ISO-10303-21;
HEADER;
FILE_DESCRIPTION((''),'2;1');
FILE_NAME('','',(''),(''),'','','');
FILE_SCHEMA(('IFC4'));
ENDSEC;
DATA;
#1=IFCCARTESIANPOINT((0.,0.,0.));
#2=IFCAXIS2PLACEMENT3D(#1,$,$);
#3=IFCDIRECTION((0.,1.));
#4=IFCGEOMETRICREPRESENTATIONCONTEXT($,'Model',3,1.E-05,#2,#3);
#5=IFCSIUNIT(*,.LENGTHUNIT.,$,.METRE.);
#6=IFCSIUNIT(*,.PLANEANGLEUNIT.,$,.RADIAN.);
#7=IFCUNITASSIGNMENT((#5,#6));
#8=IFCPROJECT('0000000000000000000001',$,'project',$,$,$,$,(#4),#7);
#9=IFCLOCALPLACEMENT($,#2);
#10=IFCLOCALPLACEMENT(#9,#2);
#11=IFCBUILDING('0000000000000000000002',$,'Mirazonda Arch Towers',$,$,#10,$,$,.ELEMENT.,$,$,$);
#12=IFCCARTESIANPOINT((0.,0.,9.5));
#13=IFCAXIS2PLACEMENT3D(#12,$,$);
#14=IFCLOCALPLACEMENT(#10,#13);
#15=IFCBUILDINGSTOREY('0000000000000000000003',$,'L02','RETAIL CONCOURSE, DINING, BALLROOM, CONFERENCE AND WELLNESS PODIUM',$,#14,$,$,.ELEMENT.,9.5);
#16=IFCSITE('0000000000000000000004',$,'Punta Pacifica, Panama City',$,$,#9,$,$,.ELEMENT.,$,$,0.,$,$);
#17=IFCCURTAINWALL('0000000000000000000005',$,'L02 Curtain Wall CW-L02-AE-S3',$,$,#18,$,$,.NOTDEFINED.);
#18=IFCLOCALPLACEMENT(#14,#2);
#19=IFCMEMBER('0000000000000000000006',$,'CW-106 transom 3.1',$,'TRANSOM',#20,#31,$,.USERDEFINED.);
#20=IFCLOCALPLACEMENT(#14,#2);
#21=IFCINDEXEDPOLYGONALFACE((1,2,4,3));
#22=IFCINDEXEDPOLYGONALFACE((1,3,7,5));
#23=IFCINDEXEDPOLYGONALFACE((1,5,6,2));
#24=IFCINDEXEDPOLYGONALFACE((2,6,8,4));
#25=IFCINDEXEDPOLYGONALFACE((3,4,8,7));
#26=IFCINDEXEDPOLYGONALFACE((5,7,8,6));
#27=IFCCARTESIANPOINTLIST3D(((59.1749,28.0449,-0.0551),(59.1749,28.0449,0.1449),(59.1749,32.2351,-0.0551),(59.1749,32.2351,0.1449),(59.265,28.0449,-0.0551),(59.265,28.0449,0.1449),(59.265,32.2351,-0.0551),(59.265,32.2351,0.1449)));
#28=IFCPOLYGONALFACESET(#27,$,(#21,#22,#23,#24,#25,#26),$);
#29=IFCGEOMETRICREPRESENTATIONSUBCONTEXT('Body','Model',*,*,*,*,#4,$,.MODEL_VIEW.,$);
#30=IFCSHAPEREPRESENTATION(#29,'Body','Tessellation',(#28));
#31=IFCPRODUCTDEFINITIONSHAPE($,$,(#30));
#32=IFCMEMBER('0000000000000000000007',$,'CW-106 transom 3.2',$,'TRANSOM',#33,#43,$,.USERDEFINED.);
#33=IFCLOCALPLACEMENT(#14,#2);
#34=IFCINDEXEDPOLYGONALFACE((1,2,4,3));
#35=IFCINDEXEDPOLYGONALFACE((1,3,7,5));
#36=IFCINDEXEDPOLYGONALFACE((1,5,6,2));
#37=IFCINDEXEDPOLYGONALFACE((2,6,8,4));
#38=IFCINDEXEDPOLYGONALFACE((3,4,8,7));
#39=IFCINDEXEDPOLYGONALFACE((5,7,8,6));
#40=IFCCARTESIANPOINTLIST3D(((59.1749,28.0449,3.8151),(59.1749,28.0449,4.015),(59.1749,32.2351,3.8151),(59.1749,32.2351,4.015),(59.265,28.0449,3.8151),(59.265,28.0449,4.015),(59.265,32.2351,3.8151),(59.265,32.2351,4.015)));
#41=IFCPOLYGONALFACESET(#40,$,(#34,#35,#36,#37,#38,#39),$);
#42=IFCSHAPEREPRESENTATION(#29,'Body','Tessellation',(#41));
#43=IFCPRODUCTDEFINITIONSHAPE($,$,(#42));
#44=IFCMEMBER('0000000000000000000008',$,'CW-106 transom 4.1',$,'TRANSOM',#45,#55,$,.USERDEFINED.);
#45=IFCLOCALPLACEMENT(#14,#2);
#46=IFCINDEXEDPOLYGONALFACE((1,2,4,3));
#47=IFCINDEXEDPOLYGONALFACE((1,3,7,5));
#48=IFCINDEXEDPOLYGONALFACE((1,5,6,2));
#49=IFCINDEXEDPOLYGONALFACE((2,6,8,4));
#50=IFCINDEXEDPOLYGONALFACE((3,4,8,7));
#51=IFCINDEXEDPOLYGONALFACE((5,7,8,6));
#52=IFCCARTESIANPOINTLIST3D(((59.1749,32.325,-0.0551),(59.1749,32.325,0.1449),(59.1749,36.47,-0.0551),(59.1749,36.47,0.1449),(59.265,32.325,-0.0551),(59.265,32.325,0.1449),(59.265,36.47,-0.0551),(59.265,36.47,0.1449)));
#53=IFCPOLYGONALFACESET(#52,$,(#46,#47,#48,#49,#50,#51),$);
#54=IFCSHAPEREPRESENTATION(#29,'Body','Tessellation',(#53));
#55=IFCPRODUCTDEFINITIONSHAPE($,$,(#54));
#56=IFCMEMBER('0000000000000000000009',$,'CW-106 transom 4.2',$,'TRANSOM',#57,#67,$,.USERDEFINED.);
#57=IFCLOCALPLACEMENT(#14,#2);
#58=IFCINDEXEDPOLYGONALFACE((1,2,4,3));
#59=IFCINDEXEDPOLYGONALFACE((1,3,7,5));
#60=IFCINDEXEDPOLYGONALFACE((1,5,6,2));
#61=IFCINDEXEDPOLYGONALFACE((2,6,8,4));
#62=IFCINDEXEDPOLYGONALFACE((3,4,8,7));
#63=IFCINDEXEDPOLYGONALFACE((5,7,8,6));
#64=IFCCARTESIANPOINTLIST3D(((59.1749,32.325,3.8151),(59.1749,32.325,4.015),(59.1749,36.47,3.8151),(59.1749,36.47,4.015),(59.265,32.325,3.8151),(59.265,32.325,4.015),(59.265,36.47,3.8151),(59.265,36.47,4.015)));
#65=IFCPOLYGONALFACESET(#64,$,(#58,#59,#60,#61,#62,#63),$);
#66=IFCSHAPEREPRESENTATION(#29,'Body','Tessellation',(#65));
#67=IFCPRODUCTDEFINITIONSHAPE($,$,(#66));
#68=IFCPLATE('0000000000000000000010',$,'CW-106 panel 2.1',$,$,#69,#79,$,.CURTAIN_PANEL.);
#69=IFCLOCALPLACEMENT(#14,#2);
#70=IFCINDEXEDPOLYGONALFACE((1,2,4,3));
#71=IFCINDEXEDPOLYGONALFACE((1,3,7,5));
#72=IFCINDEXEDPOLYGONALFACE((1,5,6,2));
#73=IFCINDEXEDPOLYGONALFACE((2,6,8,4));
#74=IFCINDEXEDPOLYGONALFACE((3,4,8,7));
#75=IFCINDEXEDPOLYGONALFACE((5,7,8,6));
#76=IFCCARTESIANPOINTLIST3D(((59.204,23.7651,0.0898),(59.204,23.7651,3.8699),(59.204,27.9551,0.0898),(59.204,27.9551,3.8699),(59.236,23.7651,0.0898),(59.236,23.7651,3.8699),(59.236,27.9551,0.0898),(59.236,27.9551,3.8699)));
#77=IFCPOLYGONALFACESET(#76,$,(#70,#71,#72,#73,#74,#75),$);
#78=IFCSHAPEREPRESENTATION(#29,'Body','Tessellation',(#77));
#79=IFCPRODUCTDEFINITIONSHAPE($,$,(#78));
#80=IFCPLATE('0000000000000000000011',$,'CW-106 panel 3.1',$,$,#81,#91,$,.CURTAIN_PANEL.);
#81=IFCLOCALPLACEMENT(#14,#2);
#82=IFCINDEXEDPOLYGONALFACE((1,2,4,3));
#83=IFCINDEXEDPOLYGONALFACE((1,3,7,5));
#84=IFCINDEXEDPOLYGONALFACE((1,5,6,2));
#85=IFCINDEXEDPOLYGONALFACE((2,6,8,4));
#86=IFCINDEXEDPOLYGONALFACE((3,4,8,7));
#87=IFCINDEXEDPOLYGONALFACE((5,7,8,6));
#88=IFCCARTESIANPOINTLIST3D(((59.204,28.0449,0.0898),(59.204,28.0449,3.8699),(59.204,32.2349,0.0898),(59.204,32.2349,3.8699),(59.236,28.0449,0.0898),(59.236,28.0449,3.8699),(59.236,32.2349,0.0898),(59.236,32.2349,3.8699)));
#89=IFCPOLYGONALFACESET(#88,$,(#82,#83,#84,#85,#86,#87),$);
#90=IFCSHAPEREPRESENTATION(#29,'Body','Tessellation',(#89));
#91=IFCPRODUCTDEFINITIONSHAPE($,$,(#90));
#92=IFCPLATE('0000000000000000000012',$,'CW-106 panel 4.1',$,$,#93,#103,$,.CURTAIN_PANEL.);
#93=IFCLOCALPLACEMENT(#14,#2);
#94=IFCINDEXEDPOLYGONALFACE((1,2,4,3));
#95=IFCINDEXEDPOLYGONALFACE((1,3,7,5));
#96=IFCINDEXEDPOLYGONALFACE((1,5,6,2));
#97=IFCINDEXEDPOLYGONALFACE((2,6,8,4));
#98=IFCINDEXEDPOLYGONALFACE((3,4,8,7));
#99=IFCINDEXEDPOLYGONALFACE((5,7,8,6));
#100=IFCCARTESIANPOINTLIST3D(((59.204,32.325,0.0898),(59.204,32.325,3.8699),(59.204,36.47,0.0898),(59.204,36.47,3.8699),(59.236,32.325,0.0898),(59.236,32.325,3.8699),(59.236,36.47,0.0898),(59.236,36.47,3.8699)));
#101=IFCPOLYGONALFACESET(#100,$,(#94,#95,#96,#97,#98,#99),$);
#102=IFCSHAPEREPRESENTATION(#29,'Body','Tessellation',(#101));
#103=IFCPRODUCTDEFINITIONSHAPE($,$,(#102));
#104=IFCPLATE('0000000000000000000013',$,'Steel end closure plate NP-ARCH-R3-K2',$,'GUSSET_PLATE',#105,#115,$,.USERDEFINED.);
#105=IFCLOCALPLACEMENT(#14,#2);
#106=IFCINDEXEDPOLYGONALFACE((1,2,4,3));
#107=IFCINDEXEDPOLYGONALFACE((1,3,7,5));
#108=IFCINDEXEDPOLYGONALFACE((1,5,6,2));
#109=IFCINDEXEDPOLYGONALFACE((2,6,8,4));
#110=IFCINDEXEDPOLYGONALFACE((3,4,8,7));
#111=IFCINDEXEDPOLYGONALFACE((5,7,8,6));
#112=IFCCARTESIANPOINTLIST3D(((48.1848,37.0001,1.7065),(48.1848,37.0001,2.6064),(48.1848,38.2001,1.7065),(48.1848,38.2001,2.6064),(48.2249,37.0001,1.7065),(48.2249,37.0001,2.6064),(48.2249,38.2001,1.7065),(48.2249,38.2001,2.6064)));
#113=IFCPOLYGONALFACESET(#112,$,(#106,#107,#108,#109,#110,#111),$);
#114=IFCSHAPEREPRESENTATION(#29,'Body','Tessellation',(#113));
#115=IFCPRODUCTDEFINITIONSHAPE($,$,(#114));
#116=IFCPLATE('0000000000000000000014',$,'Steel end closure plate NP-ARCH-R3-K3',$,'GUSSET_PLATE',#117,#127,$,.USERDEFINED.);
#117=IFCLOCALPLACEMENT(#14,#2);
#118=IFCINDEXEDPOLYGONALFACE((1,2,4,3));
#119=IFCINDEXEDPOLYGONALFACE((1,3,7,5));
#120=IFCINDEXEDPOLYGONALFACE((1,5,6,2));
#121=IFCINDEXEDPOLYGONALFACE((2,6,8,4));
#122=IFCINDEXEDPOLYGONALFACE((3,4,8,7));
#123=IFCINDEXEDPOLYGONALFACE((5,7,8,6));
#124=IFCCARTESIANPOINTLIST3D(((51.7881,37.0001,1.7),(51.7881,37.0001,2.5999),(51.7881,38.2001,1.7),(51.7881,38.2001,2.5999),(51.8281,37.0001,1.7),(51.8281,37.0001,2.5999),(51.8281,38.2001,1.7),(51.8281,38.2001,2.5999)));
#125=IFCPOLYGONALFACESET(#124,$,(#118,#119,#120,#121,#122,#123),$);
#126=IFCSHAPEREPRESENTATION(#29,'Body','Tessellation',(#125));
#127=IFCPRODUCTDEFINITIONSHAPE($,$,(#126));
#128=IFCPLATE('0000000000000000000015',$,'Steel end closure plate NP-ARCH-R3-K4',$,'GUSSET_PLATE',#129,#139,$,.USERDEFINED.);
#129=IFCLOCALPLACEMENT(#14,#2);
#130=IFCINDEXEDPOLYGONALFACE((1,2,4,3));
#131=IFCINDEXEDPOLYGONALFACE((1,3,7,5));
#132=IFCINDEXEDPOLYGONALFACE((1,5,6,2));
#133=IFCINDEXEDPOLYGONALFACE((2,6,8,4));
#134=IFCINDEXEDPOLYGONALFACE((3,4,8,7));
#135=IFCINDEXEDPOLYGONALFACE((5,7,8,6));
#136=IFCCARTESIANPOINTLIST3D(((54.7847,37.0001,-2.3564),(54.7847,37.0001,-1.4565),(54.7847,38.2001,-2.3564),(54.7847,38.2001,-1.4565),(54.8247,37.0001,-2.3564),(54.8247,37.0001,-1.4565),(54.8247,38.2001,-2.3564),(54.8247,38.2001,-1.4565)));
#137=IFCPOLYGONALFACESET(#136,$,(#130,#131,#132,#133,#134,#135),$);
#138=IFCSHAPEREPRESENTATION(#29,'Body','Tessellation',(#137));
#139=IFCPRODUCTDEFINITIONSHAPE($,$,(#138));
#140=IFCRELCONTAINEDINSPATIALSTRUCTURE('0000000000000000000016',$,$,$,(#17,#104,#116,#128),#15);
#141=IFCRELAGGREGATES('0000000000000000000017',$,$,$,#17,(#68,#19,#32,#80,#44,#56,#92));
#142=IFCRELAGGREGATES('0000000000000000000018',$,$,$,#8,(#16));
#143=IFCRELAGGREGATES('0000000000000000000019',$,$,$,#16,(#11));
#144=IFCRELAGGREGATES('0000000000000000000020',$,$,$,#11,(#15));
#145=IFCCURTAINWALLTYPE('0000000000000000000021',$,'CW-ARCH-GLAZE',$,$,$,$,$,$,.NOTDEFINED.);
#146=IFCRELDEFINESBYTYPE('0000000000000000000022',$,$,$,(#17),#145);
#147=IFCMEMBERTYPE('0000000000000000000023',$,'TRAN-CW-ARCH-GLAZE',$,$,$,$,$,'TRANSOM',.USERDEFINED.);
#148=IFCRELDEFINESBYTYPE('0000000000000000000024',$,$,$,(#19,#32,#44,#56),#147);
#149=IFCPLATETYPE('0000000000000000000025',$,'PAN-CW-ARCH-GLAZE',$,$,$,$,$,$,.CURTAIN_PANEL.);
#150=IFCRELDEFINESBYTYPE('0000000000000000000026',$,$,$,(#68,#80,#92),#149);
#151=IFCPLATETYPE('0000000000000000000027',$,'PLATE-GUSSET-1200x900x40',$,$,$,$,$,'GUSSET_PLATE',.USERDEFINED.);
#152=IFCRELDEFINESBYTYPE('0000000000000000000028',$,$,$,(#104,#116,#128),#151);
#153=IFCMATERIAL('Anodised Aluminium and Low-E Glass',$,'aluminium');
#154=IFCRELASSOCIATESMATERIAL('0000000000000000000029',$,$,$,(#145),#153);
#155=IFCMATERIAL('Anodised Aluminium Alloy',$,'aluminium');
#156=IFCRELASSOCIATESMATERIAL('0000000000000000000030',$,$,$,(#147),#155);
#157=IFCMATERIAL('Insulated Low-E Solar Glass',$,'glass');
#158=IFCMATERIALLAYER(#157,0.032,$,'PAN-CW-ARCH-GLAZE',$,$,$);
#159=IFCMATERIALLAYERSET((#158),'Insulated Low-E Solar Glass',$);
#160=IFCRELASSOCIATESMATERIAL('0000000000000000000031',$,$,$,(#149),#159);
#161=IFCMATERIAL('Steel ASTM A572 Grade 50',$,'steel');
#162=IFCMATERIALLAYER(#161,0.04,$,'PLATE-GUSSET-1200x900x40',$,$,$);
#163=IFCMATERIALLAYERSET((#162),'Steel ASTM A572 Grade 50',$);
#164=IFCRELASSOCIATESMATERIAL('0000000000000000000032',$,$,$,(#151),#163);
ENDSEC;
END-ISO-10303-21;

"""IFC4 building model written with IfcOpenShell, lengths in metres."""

from ifc_helpers import new_model, si_unit, direction, frame, origin, origin_2d, place, context, subcontext, project, spatial, rectangle, extrude, material, layer, layer_set, material_profile, profile_set, type_object, element, aggregate, save


model = new_model("IFC4")

# Units and contexts
model_context = context("Model", 3, precision=1e-05, world=origin(), true_north=direction((0.0, 1.0)))
body_context = subcontext(model_context, "Body", "Model", "MODEL_VIEW")
ifc_project = project(units=[si_unit("LENGTHUNIT", "METRE"), si_unit("PLANEANGLEUNIT", "RADIAN")], contexts=[model_context])

# Site, building, storey
site_placement = place(None, origin())
site = spatial("IfcSite", under=ifc_project, at=site_placement, Name="Punta Pacifica, Panama City", CompositionType="ELEMENT", RefElevation=0.0)
building_placement = place(site_placement, origin())
building = spatial("IfcBuilding", under=site, at=building_placement, Name="Mirazonda Arch Towers", CompositionType="ELEMENT")
storey_placement = place(building_placement, frame((0.0, 0.0, 9.5)))
storey = spatial("IfcBuildingStorey", under=building, at=storey_placement, Name="L02", Description="RETAIL CONCOURSE, DINING, BALLROOM, CONFERENCE AND WELLNESS PODIUM", CompositionType="ELEMENT", Elevation=9.5)

# Shared definitions
ifc_material_1 = material(Name="Steel ASTM A572 Grade 50", Category="steel")

# Curtain wall, members, plates
ifc_material_2 = material(Name="Anodised Aluminium and Low-E Glass", Category="aluminium")
curtain_wall_type = type_object("IfcCurtainWallType", Name="CW-ARCH-GLAZE", PredefinedType="NOTDEFINED", material=ifc_material_2)
curtain_wall_placement = place(storey_placement, origin())
curtain_wall = element("IfcCurtainWall", 1, at=curtain_wall_placement, inside=storey, type_object=curtain_wall_type, Name="L02 Curtain Wall CW-L02-AE-S3", PredefinedType="NOTDEFINED")
ifc_material_3 = material(Name="Anodised Aluminium Alloy", Category="aluminium")
ifc_material_profile_1 = material_profile(ifc_material_3, rectangle(XDim=0.0901, YDim=0.2, at=origin_2d()), Name="ALU-TRAN-90x200")
ifc_profile_set_1 = profile_set([ifc_material_profile_1], Name="Anodised Aluminium Alloy")
member_type_1 = type_object("IfcMemberType", Name="TRAN-CW-ARCH-GLAZE", ElementType="TRANSOM", PredefinedType="USERDEFINED", material=ifc_profile_set_1)
member_1_placement = place(storey_placement, frame((59.22, 28.0449, 0.0449), z_axis=(0.0, 1.0, 0.0), x_axis=(-1.0, 0.0, 0.0)))
member_1 = element("IfcMember", 2, at=member_1_placement, type_object=member_type_1, Name="CW-106 transom 3.1", ObjectType="TRANSOM", PredefinedType="USERDEFINED", context=body_context, shape_type="SweptSolid", body=[
    extrude(rectangle(XDim=0.0901, YDim=0.2, at=origin_2d()), origin(), (0.0, 0.0, 1.0), 4.1902),
])
member_2_placement = place(storey_placement, frame((59.22, 28.0449, 3.915), z_axis=(0.0, 1.0, 0.0), x_axis=(-1.0, 0.0, 0.0)))
member_2 = element("IfcMember", 3, at=member_2_placement, type_object=member_type_1, Name="CW-106 transom 3.2", ObjectType="TRANSOM", PredefinedType="USERDEFINED", context=body_context, shape_type="SweptSolid", body=[
    extrude(rectangle(XDim=0.0901, YDim=0.2, at=origin_2d()), origin(), (0.0, 0.0, 1.0), 4.1902),
])
member_3_placement = place(storey_placement, frame((59.22, 32.325, 0.0449), z_axis=(0.0, 1.0, 0.0), x_axis=(-1.0, 0.0, 0.0)))
member_3 = element("IfcMember", 4, at=member_3_placement, type_object=member_type_1, Name="CW-106 transom 4.1", ObjectType="TRANSOM", PredefinedType="USERDEFINED", context=body_context, shape_type="SweptSolid", body=[
    extrude(rectangle(XDim=0.0901, YDim=0.2, at=origin_2d()), origin(), (0.0, 0.0, 1.0), 4.145),
])
member_4_placement = place(storey_placement, frame((59.22, 32.325, 3.915), z_axis=(0.0, 1.0, 0.0), x_axis=(-1.0, 0.0, 0.0)))
member_4 = element("IfcMember", 5, at=member_4_placement, type_object=member_type_1, Name="CW-106 transom 4.2", ObjectType="TRANSOM", PredefinedType="USERDEFINED", context=body_context, shape_type="SweptSolid", body=[
    extrude(rectangle(XDim=0.0901, YDim=0.2, at=origin_2d()), origin(), (0.0, 0.0, 1.0), 4.145),
])
ifc_material_4 = material(Name="Insulated Low-E Solar Glass", Category="glass")
ifc_layer_1 = layer(ifc_material_4, 0.032, Name="PAN-CW-ARCH-GLAZE")
ifc_layer_set_1 = layer_set([ifc_layer_1], Name="Insulated Low-E Solar Glass")
plate_type_1 = type_object("IfcPlateType", Name="PAN-CW-ARCH-GLAZE", PredefinedType="CURTAIN_PANEL", material=ifc_layer_set_1)
plate_1_placement = place(storey_placement, frame((59.22, 25.8601, 0.0898), z_axis=(0.0, 0.0, 1.0), x_axis=(0.0, 1.0, 0.0)))
plate_1 = element("IfcPlate", 6, at=plate_1_placement, type_object=plate_type_1, Name="CW-106 panel 2.1", PredefinedType="CURTAIN_PANEL", context=body_context, shape_type="SweptSolid", body=[
    extrude(rectangle(XDim=4.1899, YDim=0.032, at=origin_2d()), origin(), (0.0, 0.0, 1.0), 3.78),
])
plate_2_placement = place(storey_placement, frame((59.22, 30.1399, 0.0898), z_axis=(0.0, 0.0, 1.0), x_axis=(0.0, 1.0, 0.0)))
plate_2 = element("IfcPlate", 7, at=plate_2_placement, type_object=plate_type_1, Name="CW-106 panel 3.1", PredefinedType="CURTAIN_PANEL", context=body_context, shape_type="SweptSolid", body=[
    extrude(rectangle(XDim=4.1899, YDim=0.032, at=origin_2d()), origin(), (0.0, 0.0, 1.0), 3.78),
])
plate_3_placement = place(storey_placement, frame((59.22, 34.3975, 0.0898), z_axis=(0.0, 0.0, 1.0), x_axis=(0.0, 1.0, 0.0)))
plate_3 = element("IfcPlate", 8, at=plate_3_placement, type_object=plate_type_1, Name="CW-106 panel 4.1", PredefinedType="CURTAIN_PANEL", context=body_context, shape_type="SweptSolid", body=[
    extrude(rectangle(XDim=4.145, YDim=0.032, at=origin_2d()), origin(), (0.0, 0.0, 1.0), 3.78),
])
aggregate(curtain_wall, [plate_1, member_1, member_2, plate_2, member_3, member_4, plate_3])

# Plates
ifc_layer_2 = layer(ifc_material_1, 0.04, Name="PLATE-GUSSET-1200x900x40")
ifc_layer_set_2 = layer_set([ifc_layer_2], Name="Steel ASTM A572 Grade 50")
plate_type_2 = type_object("IfcPlateType", Name="PLATE-GUSSET-1200x900x40", ElementType="GUSSET_PLATE", PredefinedType="USERDEFINED", material=ifc_layer_set_2)
for number, where, z_axis, x_axis, name in (
    (9, (48.2048, 37.6001, 1.7065), (0.0, 0.0, 1.0), (1.0, 0.0, 0.0), "Steel end closure plate NP-ARCH-R3-K2"),
    (10, (51.8081, 37.6001, 1.7), (0.0, 0.0, 1.0), (1.0, 0.0, 0.0), "Steel end closure plate NP-ARCH-R3-K3"),
    (11, (54.8047, 37.6001, -2.3564), (0.0, 0.0, 1.0), (1.0, 0.0, 0.0), "Steel end closure plate NP-ARCH-R3-K4"),
):
    element("IfcPlate", number, at=place(storey_placement, frame(where, z_axis=z_axis, x_axis=x_axis)), inside=storey, type_object=plate_type_2, Name=name, ObjectType="GUSSET_PLATE", PredefinedType="USERDEFINED", context=body_context, shape_type="SweptSolid", body=[
        extrude(rectangle(XDim=0.04, YDim=1.2, at=origin_2d()), origin(), (0.0, 0.0, 1.0), 0.8999),
    ])

save(model, "model.ifc")
